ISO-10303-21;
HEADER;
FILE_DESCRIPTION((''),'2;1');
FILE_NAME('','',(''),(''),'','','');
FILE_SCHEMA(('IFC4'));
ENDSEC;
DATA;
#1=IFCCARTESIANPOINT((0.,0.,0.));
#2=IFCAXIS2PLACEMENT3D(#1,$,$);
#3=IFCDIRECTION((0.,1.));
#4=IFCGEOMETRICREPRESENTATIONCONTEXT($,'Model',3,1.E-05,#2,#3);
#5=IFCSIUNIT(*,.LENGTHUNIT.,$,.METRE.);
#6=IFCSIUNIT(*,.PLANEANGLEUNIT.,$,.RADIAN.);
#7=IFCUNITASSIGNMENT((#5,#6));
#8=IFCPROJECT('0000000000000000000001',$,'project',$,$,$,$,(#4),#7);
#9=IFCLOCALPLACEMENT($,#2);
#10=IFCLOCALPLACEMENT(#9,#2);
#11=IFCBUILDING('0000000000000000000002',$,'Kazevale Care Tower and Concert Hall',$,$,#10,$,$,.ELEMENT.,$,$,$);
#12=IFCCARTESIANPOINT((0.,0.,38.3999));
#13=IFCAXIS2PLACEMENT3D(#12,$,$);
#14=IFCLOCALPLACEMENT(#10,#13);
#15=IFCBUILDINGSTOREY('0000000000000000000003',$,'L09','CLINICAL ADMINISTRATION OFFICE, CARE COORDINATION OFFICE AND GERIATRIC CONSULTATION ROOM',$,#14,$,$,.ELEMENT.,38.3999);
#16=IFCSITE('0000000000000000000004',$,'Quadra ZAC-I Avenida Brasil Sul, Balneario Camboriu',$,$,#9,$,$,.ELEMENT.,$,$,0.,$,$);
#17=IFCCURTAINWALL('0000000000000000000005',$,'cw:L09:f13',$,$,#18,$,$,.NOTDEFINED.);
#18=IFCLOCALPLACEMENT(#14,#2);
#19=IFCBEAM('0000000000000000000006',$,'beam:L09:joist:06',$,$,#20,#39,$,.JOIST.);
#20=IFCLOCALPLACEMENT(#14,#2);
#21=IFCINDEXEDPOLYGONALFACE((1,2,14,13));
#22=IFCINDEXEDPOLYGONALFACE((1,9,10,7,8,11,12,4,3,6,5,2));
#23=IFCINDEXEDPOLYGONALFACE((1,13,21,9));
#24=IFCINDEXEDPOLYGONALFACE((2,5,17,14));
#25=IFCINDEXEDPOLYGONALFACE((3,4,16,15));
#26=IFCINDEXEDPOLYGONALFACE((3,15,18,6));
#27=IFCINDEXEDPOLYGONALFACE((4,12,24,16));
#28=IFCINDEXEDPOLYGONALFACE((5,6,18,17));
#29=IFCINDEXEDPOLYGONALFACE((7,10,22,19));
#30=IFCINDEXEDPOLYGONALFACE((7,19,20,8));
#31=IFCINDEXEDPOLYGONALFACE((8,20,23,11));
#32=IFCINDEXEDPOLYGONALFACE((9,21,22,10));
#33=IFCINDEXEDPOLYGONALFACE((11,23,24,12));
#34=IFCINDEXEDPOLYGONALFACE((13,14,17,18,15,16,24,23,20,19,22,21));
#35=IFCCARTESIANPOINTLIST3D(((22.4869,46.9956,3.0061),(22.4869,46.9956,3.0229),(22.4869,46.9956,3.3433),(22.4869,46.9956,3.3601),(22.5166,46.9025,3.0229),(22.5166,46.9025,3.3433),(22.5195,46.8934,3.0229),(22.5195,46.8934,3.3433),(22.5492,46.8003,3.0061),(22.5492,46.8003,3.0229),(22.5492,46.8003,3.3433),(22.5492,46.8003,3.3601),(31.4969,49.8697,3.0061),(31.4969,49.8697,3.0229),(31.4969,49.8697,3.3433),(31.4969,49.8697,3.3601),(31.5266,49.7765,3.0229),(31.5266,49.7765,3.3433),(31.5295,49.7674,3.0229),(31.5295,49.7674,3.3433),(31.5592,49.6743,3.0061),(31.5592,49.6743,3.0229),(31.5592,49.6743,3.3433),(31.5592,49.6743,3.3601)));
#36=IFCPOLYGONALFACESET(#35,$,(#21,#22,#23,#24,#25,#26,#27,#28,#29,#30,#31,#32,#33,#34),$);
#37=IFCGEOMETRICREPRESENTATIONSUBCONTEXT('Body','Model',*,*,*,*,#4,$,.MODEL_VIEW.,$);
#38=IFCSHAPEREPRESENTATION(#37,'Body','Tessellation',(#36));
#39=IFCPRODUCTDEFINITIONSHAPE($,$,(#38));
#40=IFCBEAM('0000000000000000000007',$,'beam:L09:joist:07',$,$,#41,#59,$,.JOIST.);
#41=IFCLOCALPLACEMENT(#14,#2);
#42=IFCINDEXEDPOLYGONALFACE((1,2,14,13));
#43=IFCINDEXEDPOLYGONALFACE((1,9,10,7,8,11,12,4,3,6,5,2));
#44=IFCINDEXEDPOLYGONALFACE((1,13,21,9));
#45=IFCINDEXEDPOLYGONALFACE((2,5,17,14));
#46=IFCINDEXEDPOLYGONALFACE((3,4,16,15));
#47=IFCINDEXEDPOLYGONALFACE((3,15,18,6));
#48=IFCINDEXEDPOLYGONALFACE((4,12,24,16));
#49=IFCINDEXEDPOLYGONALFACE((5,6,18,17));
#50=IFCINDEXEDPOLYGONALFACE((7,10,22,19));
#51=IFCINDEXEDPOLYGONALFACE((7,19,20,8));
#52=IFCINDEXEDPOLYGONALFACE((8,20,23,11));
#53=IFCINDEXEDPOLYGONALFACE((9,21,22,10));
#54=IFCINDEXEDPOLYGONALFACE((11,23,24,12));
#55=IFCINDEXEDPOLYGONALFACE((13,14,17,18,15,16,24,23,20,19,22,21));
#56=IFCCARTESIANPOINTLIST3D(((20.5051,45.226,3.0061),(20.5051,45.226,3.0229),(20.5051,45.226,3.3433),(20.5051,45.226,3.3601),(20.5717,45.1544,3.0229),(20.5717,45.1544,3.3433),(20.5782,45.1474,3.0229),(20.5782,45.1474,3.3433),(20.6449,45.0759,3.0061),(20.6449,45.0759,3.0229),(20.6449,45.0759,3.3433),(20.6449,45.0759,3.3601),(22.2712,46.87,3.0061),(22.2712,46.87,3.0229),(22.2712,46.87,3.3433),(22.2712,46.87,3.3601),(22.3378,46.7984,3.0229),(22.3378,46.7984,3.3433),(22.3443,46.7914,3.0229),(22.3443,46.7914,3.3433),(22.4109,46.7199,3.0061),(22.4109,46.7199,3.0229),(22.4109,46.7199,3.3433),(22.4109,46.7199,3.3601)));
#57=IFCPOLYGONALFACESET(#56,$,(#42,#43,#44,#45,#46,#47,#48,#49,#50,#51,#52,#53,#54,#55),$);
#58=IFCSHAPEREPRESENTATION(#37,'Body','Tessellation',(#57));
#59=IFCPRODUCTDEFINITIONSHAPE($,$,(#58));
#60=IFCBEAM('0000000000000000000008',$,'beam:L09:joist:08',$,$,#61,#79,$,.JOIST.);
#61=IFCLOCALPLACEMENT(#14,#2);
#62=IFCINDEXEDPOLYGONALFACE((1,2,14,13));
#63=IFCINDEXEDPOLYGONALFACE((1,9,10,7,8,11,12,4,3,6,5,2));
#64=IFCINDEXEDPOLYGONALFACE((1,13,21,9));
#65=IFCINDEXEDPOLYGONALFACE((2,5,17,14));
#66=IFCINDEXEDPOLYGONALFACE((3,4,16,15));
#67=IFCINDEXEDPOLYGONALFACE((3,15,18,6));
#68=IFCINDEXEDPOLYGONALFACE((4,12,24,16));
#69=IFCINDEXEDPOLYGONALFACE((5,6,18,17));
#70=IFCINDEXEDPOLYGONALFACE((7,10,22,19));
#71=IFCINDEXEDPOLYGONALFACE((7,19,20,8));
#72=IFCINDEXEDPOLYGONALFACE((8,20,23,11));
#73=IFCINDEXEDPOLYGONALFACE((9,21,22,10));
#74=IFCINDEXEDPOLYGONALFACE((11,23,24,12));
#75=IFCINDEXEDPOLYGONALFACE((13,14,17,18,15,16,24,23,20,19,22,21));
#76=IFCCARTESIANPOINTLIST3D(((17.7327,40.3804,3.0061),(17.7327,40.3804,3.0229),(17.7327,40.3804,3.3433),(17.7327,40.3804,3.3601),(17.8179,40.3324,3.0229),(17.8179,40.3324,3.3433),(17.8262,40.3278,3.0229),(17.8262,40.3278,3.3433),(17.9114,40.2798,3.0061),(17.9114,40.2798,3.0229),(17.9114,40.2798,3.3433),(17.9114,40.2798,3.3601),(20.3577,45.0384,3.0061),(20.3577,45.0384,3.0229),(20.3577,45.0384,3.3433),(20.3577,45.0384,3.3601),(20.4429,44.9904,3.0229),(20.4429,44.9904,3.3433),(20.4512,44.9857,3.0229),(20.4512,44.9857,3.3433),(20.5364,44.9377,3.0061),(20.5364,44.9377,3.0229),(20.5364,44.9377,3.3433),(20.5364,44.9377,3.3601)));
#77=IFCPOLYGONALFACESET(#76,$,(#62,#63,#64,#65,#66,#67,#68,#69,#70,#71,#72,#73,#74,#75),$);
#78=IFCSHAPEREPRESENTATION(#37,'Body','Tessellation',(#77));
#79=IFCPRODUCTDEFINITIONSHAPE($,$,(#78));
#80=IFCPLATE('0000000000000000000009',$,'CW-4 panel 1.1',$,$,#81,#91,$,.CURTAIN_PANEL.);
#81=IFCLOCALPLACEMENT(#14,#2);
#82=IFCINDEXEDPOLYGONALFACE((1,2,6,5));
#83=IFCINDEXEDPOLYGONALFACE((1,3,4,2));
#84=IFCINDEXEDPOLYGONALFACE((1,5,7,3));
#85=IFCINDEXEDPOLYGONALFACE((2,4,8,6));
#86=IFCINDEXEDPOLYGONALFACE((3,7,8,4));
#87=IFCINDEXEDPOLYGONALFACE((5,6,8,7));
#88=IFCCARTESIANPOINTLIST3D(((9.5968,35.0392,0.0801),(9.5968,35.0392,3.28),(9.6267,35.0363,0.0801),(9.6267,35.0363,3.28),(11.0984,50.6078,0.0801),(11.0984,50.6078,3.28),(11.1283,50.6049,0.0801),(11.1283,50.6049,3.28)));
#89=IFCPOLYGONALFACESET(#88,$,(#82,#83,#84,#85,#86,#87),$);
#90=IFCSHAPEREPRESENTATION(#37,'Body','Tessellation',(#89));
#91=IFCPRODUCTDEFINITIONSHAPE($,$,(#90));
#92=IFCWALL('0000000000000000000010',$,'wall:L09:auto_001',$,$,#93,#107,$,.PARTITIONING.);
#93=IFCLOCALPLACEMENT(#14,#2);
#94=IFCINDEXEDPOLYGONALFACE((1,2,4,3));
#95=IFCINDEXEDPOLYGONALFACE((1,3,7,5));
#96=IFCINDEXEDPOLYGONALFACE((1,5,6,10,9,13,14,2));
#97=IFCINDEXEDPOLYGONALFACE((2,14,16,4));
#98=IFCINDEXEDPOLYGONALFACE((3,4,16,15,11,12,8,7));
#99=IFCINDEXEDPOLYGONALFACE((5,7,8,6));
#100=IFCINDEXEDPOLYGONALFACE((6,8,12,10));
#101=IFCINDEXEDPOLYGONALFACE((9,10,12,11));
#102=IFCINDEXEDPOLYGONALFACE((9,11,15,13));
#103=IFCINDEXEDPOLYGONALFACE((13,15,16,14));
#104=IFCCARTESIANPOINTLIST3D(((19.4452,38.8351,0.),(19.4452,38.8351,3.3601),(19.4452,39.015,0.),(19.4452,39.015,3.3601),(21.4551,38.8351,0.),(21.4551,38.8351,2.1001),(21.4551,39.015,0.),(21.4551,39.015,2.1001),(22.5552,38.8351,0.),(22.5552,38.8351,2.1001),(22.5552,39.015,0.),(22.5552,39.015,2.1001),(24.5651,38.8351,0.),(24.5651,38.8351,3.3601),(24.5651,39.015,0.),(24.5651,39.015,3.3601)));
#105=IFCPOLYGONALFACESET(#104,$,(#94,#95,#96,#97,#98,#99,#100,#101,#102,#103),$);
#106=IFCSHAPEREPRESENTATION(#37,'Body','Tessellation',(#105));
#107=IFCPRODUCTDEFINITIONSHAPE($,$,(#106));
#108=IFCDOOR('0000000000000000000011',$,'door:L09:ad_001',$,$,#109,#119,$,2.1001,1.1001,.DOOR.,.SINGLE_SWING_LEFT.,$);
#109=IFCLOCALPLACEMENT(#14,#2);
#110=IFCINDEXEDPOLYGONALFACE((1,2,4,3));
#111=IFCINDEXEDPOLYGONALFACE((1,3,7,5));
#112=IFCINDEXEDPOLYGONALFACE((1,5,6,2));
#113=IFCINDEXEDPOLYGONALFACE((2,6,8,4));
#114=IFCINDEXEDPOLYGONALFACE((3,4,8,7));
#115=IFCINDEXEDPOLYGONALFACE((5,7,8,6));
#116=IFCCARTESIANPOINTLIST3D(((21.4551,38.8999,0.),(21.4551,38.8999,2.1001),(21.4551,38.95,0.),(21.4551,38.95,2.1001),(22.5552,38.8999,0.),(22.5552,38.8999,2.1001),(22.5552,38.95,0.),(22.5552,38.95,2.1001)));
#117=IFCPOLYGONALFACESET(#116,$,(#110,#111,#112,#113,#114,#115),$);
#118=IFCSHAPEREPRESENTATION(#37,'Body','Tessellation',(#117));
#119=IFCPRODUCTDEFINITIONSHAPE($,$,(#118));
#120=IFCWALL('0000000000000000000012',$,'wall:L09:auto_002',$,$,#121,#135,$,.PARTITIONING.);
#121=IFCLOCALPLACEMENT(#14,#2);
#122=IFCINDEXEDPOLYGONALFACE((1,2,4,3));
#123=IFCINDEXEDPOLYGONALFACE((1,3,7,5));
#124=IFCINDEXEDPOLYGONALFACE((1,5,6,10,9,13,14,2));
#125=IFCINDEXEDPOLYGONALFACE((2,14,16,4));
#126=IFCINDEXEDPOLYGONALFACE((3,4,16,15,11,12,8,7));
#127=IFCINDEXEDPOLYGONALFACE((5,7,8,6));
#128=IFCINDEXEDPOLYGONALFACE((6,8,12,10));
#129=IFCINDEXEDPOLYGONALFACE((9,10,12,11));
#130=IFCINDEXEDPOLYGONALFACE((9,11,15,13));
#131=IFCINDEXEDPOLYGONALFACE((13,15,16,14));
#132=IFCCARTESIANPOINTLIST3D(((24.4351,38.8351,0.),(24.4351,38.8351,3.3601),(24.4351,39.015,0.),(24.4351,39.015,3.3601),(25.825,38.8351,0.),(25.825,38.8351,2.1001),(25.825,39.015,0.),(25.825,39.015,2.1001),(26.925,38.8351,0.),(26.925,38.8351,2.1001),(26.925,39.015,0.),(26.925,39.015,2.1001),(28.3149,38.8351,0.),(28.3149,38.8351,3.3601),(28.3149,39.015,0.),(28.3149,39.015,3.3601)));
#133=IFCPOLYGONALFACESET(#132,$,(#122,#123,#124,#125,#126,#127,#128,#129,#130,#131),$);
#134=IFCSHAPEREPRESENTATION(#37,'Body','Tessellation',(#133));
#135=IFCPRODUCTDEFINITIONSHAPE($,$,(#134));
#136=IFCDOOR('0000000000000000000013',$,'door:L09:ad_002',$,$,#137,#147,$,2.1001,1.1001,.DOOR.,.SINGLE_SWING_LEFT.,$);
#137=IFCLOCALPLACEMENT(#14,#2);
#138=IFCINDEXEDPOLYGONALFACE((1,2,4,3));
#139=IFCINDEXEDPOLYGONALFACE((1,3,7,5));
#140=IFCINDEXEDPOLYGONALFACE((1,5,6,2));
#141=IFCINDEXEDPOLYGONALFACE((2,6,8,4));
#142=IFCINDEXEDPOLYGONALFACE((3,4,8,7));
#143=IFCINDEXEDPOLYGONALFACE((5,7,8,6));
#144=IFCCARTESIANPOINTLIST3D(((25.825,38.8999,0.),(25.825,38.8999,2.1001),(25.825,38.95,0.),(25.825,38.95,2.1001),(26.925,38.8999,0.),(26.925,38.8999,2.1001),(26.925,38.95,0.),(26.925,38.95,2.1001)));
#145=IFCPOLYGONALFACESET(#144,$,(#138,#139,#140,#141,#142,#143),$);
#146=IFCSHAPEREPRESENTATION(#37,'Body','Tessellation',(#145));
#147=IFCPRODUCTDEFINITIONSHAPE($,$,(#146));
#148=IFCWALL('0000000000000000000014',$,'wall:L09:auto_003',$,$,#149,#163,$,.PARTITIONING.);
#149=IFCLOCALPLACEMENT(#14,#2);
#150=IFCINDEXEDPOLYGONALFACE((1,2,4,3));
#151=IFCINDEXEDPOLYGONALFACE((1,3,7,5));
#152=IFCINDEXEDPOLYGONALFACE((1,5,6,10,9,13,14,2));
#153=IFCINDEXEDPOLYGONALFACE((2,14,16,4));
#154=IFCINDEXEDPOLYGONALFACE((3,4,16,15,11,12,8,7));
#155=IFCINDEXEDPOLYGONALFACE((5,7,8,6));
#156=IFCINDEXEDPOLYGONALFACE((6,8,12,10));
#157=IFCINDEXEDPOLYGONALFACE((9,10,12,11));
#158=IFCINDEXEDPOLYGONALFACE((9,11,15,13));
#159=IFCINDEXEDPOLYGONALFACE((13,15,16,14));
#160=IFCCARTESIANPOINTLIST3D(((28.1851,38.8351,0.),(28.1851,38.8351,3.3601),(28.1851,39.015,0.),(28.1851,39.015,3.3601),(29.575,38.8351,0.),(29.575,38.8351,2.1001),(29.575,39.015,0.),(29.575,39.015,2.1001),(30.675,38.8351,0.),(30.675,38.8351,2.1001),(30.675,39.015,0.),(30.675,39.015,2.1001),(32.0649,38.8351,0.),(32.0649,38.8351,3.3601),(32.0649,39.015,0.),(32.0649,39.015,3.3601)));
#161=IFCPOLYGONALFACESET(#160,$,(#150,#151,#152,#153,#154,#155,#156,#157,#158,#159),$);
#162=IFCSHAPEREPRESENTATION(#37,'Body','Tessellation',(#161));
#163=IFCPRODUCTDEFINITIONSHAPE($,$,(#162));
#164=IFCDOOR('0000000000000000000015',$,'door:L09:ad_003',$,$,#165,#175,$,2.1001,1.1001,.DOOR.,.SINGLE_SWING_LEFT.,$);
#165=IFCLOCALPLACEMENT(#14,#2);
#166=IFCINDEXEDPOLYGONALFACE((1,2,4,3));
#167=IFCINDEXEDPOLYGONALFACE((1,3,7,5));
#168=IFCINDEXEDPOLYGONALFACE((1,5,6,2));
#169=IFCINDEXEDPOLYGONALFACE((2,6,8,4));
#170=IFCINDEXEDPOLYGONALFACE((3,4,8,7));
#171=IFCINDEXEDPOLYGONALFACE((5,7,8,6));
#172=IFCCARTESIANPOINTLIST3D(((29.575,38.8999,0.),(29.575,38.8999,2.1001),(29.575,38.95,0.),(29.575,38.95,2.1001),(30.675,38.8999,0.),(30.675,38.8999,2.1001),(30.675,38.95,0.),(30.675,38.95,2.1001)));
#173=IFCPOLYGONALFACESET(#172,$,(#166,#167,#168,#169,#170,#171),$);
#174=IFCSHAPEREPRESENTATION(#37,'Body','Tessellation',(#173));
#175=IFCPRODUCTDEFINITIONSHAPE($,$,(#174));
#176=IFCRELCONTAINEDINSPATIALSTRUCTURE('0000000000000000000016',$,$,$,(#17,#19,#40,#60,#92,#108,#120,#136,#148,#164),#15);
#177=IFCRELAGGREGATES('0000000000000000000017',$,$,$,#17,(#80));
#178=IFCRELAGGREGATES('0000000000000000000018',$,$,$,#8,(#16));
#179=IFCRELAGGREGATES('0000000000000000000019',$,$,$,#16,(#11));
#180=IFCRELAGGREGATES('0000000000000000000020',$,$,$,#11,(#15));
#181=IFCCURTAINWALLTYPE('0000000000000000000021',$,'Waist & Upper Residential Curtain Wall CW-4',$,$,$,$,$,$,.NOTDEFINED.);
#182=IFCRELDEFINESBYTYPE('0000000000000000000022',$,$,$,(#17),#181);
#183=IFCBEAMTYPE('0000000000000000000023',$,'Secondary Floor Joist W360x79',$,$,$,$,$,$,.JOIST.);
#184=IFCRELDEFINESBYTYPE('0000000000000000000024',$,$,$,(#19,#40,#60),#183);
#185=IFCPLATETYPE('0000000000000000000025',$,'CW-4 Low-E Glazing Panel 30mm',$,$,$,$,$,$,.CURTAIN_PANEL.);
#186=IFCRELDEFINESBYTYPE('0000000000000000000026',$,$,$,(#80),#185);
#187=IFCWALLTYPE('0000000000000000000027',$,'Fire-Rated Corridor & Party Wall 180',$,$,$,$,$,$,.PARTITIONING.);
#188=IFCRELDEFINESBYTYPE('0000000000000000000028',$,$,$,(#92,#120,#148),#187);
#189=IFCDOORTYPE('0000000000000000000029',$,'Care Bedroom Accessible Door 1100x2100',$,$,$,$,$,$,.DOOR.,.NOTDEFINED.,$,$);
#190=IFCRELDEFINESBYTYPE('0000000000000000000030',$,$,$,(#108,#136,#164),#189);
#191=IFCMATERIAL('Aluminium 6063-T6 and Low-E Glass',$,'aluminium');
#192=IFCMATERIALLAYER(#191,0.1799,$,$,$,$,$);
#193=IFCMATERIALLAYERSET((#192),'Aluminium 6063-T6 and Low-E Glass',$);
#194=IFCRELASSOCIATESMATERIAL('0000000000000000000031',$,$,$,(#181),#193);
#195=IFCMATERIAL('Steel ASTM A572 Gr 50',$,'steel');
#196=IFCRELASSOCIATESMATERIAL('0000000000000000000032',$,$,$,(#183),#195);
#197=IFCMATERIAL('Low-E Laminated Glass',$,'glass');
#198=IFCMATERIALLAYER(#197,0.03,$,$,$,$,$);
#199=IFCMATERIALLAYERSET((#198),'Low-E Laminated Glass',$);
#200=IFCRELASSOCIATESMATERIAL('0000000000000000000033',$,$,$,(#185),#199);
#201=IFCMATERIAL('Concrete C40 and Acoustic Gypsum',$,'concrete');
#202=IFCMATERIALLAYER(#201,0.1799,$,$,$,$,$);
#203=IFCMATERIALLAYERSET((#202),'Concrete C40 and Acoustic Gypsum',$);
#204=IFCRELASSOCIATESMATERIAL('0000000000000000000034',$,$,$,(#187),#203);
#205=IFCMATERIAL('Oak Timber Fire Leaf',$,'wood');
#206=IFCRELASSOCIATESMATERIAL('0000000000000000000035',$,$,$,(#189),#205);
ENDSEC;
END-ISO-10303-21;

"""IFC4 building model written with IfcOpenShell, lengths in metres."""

from ifc_helpers import new_model, si_unit, direction, frame, frame_2d, origin, origin_2d, place, context, subcontext, project, spatial, rectangle, i_section, extrude, material, layer, layer_set, material_profile, profile_set, type_object, element, fill, aggregate, save


model = new_model("IFC4")

# Units and contexts
model_context = context("Model", 3, precision=1e-05, world=origin(), true_north=direction((0.0, 1.0)))
body_context = subcontext(model_context, "Body", "Model", "MODEL_VIEW")
ifc_project = project(units=[si_unit("LENGTHUNIT", "METRE"), si_unit("PLANEANGLEUNIT", "RADIAN")], contexts=[model_context])

# Site, building, storey
site_placement = place(None, origin())
site = spatial("IfcSite", under=ifc_project, at=site_placement, Name="Quadra ZAC-I Avenida Brasil Sul, Balneario Camboriu", CompositionType="ELEMENT", RefElevation=0.0)
building_placement = place(site_placement, origin())
building = spatial("IfcBuilding", under=site, at=building_placement, Name="Kazevale Care Tower and Concert Hall", CompositionType="ELEMENT")
storey_placement = place(building_placement, frame((0.0, 0.0, 38.3999)))
storey = spatial("IfcBuildingStorey", under=building, at=storey_placement, Name="L09", Description="CLINICAL ADMINISTRATION OFFICE, CARE COORDINATION OFFICE AND GERIATRIC CONSULTATION ROOM", CompositionType="ELEMENT", Elevation=38.3999)

# Curtain wall
ifc_material_1 = material(Name="Aluminium 6063-T6 and Low-E Glass", Category="aluminium")
ifc_layer_1 = layer(ifc_material_1, 0.1799)
ifc_layer_set_1 = layer_set([ifc_layer_1], Name="Aluminium 6063-T6 and Low-E Glass")
curtain_wall_type = type_object("IfcCurtainWallType", Name="Waist & Upper Residential Curtain Wall CW-4", PredefinedType="NOTDEFINED", material=ifc_layer_set_1)
curtain_wall_placement = place(storey_placement, origin())
curtain_wall = element("IfcCurtainWall", 1, at=curtain_wall_placement, inside=storey, type_object=curtain_wall_type, Name="cw:L09:f13", PredefinedType="NOTDEFINED")

# Beams
ifc_material_2 = material(Name="Steel ASTM A572 Gr 50", Category="steel")
ifc_material_profile_1 = material_profile(ifc_material_2, i_section(OverallWidth=0.2051, OverallDepth=0.354, WebThickness=0.0095, FlangeThickness=0.0168, at=origin_2d()), Name="W360x79")
ifc_profile_set_1 = profile_set([ifc_material_profile_1], Name="Steel ASTM A572 Gr 50")
beam_type_1 = type_object("IfcBeamType", Name="Secondary Floor Joist W360x79", PredefinedType="JOIST", material=ifc_profile_set_1)
beam_1_placement = place(storey_placement, frame((31.5281, 49.772, 3.1831), z_axis=(-0.952705, -0.303895, 0.0), x_axis=(0.303895, -0.952705, 0.0)))
element("IfcBeam", 2, at=beam_1_placement, inside=storey, type_object=beam_type_1, Name="beam:L09:joist:06", PredefinedType="JOIST", context=body_context, shape_type="SweptSolid", body=[
    extrude(i_section(OverallWidth=0.2051, OverallDepth=0.354, WebThickness=0.0095, FlangeThickness=0.0168, at=origin_2d()), origin(), (0.0, 0.0, 1.0), 9.4573),
])
beam_2_placement = place(storey_placement, frame((22.3411, 46.7949, 3.1831), z_axis=(-0.73195, -0.681359, 0.0), x_axis=(0.681359, -0.73195, 0.0)))
element("IfcBeam", 3, at=beam_2_placement, inside=storey, type_object=beam_type_1, Name="beam:L09:joist:07", PredefinedType="JOIST", context=body_context, shape_type="SweptSolid", body=[
    extrude(i_section(OverallWidth=0.2051, OverallDepth=0.354, WebThickness=0.0095, FlangeThickness=0.0168, at=origin_2d()), origin(), (0.0, 0.0, 1.0), 2.4128),
])
beam_3_placement = place(storey_placement, frame((20.447, 44.988, 3.1831), z_axis=(-0.490957, -0.871184, 0.0), x_axis=(0.871184, -0.490957, 0.0)))
element("IfcBeam", 4, at=beam_3_placement, inside=storey, type_object=beam_type_1, Name="beam:L09:joist:08", PredefinedType="JOIST", context=body_context, shape_type="SweptSolid", body=[
    extrude(i_section(OverallWidth=0.2051, OverallDepth=0.354, WebThickness=0.0095, FlangeThickness=0.0168, at=origin_2d()), origin(), (0.0, 0.0, 1.0), 5.3467),
])

# Plate
ifc_material_3 = material(Name="Low-E Laminated Glass", Category="glass")
ifc_layer_2 = layer(ifc_material_3, 0.03)
ifc_layer_set_2 = layer_set([ifc_layer_2], Name="Low-E Laminated Glass")
plate_type = type_object("IfcPlateType", Name="CW-4 Low-E Glazing Panel 30mm", PredefinedType="CURTAIN_PANEL", material=ifc_layer_set_2)
plate_placement = place(storey_placement, frame((10.3625, 42.822, 0.0801), z_axis=(0.0, 0.0, 1.0), x_axis=(0.096007, 0.995381, 0.0)))
plate = element("IfcPlate", 5, at=plate_placement, type_object=plate_type, Name="CW-4 panel 1.1", PredefinedType="CURTAIN_PANEL", context=body_context, shape_type="SweptSolid", body=[
    extrude(rectangle(XDim=15.6409, YDim=0.03, at=origin_2d()), origin(), (0.0, 0.0, 1.0), 3.2),
])
aggregate(curtain_wall, [plate])

# Walls, openings, doors
ifc_material_4 = material(Name="Concrete C40 and Acoustic Gypsum", Category="concrete")
ifc_layer_3 = layer(ifc_material_4, 0.1799)
ifc_layer_set_3 = layer_set([ifc_layer_3], Name="Concrete C40 and Acoustic Gypsum")
wall_type = type_object("IfcWallType", Name="Fire-Rated Corridor & Party Wall 180", PredefinedType="PARTITIONING", material=ifc_layer_set_3)
wall_1_placement = place(storey_placement, frame((19.4451, 38.925, 0.0), z_axis=(0.0, 0.0, 1.0), x_axis=(1.0, 0.0, 0.0)))
wall_1 = element("IfcWall", 6, at=wall_1_placement, inside=storey, type_object=wall_type, Name="wall:L09:auto_001", PredefinedType="PARTITIONING", context=body_context, shape_type="SweptSolid", body=[
    extrude(rectangle(XDim=5.1199, YDim=0.1799, at=frame_2d((2.5601, 0.0))), origin(), (0.0, 0.0, 1.0), 3.3601),
])
opening_1_placement = place(wall_1_placement, frame((2.01, 0.0, 0.0)))
opening_1 = element("IfcOpeningElement", 7, at=opening_1_placement, cuts=wall_1, PredefinedType="OPENING", context=body_context, shape_type="SweptSolid", body=[
    extrude(rectangle(XDim=1.1001, YDim=2.1001, at=frame_2d((0.55, 1.05))), frame((0.0, 0.0999, 0.0), z_axis=(0.0, -1.0, 0.0), x_axis=(1.0, 0.0, 0.0)), (0.0, 0.0, 1.0), 0.2),
])
ifc_material_5 = material(Name="Oak Timber Fire Leaf", Category="wood")
door_type = type_object("IfcDoorType", Name="Care Bedroom Accessible Door 1100x2100", OperationType="NOTDEFINED", PredefinedType="DOOR", material=ifc_material_5)
door_1_placement = place(opening_1_placement, origin())
door_1 = element("IfcDoor", 8, at=door_1_placement, inside=storey, type_object=door_type, Name="door:L09:ad_001", OperationType="SINGLE_SWING_LEFT", OverallHeight=2.1001, OverallWidth=1.1001, PredefinedType="DOOR", context=body_context, shape_type="SweptSolid", body=[
    extrude(rectangle(XDim=1.1001, YDim=2.1001, at=frame_2d((0.55, 1.05))), frame((0.0, 0.0249, 0.0), z_axis=(0.0, -1.0, 0.0), x_axis=(1.0, 0.0, 0.0)), (0.0, 0.0, 1.0), 0.05),
])
fill(opening_1, door_1)
wall_2_placement = place(storey_placement, frame((24.4351, 38.925, 0.0), z_axis=(0.0, 0.0, 1.0), x_axis=(1.0, 0.0, 0.0)))
wall_2 = element("IfcWall", 9, at=wall_2_placement, inside=storey, type_object=wall_type, Name="wall:L09:auto_002", PredefinedType="PARTITIONING", context=body_context, shape_type="SweptSolid", body=[
    extrude(rectangle(XDim=3.8799, YDim=0.1799, at=frame_2d((1.9399, 0.0))), origin(), (0.0, 0.0, 1.0), 3.3601),
])
opening_2_placement = place(wall_2_placement, frame((1.3899, 0.0, 0.0)))
opening_2 = element("IfcOpeningElement", 10, at=opening_2_placement, cuts=wall_2, PredefinedType="OPENING", context=body_context, shape_type="SweptSolid", body=[
    extrude(rectangle(XDim=1.1001, YDim=2.1001, at=frame_2d((0.55, 1.05))), frame((0.0, 0.0999, 0.0), z_axis=(0.0, -1.0, 0.0), x_axis=(1.0, 0.0, 0.0)), (0.0, 0.0, 1.0), 0.2),
])
door_2_placement = place(opening_2_placement, origin())
door_2 = element("IfcDoor", 11, at=door_2_placement, inside=storey, type_object=door_type, Name="door:L09:ad_002", OperationType="SINGLE_SWING_LEFT", OverallHeight=2.1001, OverallWidth=1.1001, PredefinedType="DOOR", context=body_context, shape_type="SweptSolid", body=[
    extrude(rectangle(XDim=1.1001, YDim=2.1001, at=frame_2d((0.55, 1.05))), frame((0.0, 0.0249, 0.0), z_axis=(0.0, -1.0, 0.0), x_axis=(1.0, 0.0, 0.0)), (0.0, 0.0, 1.0), 0.05),
])
fill(opening_2, door_2)
wall_3_placement = place(storey_placement, frame((28.1851, 38.925, 0.0), z_axis=(0.0, 0.0, 1.0), x_axis=(1.0, 0.0, 0.0)))
wall_3 = element("IfcWall", 12, at=wall_3_placement, inside=storey, type_object=wall_type, Name="wall:L09:auto_003", PredefinedType="PARTITIONING", context=body_context, shape_type="SweptSolid", body=[
    extrude(rectangle(XDim=3.8799, YDim=0.1799, at=frame_2d((1.9399, 0.0))), origin(), (0.0, 0.0, 1.0), 3.3601),
])
opening_3_placement = place(wall_3_placement, frame((1.3899, 0.0, 0.0)))
opening_3 = element("IfcOpeningElement", 13, at=opening_3_placement, cuts=wall_3, PredefinedType="OPENING", context=body_context, shape_type="SweptSolid", body=[
    extrude(rectangle(XDim=1.1001, YDim=2.1001, at=frame_2d((0.55, 1.05))), frame((0.0, 0.0999, 0.0), z_axis=(0.0, -1.0, 0.0), x_axis=(1.0, 0.0, 0.0)), (0.0, 0.0, 1.0), 0.2),
])
door_3_placement = place(opening_3_placement, origin())
door_3 = element("IfcDoor", 14, at=door_3_placement, inside=storey, type_object=door_type, Name="door:L09:ad_003", OperationType="SINGLE_SWING_LEFT", OverallHeight=2.1001, OverallWidth=1.1001, PredefinedType="DOOR", context=body_context, shape_type="SweptSolid", body=[
    extrude(rectangle(XDim=1.1001, YDim=2.1001, at=frame_2d((0.55, 1.05))), frame((0.0, 0.0249, 0.0), z_axis=(0.0, -1.0, 0.0), x_axis=(1.0, 0.0, 0.0)), (0.0, 0.0, 1.0), 0.05),
])
fill(opening_3, door_3)

save(model, "model.ifc")
